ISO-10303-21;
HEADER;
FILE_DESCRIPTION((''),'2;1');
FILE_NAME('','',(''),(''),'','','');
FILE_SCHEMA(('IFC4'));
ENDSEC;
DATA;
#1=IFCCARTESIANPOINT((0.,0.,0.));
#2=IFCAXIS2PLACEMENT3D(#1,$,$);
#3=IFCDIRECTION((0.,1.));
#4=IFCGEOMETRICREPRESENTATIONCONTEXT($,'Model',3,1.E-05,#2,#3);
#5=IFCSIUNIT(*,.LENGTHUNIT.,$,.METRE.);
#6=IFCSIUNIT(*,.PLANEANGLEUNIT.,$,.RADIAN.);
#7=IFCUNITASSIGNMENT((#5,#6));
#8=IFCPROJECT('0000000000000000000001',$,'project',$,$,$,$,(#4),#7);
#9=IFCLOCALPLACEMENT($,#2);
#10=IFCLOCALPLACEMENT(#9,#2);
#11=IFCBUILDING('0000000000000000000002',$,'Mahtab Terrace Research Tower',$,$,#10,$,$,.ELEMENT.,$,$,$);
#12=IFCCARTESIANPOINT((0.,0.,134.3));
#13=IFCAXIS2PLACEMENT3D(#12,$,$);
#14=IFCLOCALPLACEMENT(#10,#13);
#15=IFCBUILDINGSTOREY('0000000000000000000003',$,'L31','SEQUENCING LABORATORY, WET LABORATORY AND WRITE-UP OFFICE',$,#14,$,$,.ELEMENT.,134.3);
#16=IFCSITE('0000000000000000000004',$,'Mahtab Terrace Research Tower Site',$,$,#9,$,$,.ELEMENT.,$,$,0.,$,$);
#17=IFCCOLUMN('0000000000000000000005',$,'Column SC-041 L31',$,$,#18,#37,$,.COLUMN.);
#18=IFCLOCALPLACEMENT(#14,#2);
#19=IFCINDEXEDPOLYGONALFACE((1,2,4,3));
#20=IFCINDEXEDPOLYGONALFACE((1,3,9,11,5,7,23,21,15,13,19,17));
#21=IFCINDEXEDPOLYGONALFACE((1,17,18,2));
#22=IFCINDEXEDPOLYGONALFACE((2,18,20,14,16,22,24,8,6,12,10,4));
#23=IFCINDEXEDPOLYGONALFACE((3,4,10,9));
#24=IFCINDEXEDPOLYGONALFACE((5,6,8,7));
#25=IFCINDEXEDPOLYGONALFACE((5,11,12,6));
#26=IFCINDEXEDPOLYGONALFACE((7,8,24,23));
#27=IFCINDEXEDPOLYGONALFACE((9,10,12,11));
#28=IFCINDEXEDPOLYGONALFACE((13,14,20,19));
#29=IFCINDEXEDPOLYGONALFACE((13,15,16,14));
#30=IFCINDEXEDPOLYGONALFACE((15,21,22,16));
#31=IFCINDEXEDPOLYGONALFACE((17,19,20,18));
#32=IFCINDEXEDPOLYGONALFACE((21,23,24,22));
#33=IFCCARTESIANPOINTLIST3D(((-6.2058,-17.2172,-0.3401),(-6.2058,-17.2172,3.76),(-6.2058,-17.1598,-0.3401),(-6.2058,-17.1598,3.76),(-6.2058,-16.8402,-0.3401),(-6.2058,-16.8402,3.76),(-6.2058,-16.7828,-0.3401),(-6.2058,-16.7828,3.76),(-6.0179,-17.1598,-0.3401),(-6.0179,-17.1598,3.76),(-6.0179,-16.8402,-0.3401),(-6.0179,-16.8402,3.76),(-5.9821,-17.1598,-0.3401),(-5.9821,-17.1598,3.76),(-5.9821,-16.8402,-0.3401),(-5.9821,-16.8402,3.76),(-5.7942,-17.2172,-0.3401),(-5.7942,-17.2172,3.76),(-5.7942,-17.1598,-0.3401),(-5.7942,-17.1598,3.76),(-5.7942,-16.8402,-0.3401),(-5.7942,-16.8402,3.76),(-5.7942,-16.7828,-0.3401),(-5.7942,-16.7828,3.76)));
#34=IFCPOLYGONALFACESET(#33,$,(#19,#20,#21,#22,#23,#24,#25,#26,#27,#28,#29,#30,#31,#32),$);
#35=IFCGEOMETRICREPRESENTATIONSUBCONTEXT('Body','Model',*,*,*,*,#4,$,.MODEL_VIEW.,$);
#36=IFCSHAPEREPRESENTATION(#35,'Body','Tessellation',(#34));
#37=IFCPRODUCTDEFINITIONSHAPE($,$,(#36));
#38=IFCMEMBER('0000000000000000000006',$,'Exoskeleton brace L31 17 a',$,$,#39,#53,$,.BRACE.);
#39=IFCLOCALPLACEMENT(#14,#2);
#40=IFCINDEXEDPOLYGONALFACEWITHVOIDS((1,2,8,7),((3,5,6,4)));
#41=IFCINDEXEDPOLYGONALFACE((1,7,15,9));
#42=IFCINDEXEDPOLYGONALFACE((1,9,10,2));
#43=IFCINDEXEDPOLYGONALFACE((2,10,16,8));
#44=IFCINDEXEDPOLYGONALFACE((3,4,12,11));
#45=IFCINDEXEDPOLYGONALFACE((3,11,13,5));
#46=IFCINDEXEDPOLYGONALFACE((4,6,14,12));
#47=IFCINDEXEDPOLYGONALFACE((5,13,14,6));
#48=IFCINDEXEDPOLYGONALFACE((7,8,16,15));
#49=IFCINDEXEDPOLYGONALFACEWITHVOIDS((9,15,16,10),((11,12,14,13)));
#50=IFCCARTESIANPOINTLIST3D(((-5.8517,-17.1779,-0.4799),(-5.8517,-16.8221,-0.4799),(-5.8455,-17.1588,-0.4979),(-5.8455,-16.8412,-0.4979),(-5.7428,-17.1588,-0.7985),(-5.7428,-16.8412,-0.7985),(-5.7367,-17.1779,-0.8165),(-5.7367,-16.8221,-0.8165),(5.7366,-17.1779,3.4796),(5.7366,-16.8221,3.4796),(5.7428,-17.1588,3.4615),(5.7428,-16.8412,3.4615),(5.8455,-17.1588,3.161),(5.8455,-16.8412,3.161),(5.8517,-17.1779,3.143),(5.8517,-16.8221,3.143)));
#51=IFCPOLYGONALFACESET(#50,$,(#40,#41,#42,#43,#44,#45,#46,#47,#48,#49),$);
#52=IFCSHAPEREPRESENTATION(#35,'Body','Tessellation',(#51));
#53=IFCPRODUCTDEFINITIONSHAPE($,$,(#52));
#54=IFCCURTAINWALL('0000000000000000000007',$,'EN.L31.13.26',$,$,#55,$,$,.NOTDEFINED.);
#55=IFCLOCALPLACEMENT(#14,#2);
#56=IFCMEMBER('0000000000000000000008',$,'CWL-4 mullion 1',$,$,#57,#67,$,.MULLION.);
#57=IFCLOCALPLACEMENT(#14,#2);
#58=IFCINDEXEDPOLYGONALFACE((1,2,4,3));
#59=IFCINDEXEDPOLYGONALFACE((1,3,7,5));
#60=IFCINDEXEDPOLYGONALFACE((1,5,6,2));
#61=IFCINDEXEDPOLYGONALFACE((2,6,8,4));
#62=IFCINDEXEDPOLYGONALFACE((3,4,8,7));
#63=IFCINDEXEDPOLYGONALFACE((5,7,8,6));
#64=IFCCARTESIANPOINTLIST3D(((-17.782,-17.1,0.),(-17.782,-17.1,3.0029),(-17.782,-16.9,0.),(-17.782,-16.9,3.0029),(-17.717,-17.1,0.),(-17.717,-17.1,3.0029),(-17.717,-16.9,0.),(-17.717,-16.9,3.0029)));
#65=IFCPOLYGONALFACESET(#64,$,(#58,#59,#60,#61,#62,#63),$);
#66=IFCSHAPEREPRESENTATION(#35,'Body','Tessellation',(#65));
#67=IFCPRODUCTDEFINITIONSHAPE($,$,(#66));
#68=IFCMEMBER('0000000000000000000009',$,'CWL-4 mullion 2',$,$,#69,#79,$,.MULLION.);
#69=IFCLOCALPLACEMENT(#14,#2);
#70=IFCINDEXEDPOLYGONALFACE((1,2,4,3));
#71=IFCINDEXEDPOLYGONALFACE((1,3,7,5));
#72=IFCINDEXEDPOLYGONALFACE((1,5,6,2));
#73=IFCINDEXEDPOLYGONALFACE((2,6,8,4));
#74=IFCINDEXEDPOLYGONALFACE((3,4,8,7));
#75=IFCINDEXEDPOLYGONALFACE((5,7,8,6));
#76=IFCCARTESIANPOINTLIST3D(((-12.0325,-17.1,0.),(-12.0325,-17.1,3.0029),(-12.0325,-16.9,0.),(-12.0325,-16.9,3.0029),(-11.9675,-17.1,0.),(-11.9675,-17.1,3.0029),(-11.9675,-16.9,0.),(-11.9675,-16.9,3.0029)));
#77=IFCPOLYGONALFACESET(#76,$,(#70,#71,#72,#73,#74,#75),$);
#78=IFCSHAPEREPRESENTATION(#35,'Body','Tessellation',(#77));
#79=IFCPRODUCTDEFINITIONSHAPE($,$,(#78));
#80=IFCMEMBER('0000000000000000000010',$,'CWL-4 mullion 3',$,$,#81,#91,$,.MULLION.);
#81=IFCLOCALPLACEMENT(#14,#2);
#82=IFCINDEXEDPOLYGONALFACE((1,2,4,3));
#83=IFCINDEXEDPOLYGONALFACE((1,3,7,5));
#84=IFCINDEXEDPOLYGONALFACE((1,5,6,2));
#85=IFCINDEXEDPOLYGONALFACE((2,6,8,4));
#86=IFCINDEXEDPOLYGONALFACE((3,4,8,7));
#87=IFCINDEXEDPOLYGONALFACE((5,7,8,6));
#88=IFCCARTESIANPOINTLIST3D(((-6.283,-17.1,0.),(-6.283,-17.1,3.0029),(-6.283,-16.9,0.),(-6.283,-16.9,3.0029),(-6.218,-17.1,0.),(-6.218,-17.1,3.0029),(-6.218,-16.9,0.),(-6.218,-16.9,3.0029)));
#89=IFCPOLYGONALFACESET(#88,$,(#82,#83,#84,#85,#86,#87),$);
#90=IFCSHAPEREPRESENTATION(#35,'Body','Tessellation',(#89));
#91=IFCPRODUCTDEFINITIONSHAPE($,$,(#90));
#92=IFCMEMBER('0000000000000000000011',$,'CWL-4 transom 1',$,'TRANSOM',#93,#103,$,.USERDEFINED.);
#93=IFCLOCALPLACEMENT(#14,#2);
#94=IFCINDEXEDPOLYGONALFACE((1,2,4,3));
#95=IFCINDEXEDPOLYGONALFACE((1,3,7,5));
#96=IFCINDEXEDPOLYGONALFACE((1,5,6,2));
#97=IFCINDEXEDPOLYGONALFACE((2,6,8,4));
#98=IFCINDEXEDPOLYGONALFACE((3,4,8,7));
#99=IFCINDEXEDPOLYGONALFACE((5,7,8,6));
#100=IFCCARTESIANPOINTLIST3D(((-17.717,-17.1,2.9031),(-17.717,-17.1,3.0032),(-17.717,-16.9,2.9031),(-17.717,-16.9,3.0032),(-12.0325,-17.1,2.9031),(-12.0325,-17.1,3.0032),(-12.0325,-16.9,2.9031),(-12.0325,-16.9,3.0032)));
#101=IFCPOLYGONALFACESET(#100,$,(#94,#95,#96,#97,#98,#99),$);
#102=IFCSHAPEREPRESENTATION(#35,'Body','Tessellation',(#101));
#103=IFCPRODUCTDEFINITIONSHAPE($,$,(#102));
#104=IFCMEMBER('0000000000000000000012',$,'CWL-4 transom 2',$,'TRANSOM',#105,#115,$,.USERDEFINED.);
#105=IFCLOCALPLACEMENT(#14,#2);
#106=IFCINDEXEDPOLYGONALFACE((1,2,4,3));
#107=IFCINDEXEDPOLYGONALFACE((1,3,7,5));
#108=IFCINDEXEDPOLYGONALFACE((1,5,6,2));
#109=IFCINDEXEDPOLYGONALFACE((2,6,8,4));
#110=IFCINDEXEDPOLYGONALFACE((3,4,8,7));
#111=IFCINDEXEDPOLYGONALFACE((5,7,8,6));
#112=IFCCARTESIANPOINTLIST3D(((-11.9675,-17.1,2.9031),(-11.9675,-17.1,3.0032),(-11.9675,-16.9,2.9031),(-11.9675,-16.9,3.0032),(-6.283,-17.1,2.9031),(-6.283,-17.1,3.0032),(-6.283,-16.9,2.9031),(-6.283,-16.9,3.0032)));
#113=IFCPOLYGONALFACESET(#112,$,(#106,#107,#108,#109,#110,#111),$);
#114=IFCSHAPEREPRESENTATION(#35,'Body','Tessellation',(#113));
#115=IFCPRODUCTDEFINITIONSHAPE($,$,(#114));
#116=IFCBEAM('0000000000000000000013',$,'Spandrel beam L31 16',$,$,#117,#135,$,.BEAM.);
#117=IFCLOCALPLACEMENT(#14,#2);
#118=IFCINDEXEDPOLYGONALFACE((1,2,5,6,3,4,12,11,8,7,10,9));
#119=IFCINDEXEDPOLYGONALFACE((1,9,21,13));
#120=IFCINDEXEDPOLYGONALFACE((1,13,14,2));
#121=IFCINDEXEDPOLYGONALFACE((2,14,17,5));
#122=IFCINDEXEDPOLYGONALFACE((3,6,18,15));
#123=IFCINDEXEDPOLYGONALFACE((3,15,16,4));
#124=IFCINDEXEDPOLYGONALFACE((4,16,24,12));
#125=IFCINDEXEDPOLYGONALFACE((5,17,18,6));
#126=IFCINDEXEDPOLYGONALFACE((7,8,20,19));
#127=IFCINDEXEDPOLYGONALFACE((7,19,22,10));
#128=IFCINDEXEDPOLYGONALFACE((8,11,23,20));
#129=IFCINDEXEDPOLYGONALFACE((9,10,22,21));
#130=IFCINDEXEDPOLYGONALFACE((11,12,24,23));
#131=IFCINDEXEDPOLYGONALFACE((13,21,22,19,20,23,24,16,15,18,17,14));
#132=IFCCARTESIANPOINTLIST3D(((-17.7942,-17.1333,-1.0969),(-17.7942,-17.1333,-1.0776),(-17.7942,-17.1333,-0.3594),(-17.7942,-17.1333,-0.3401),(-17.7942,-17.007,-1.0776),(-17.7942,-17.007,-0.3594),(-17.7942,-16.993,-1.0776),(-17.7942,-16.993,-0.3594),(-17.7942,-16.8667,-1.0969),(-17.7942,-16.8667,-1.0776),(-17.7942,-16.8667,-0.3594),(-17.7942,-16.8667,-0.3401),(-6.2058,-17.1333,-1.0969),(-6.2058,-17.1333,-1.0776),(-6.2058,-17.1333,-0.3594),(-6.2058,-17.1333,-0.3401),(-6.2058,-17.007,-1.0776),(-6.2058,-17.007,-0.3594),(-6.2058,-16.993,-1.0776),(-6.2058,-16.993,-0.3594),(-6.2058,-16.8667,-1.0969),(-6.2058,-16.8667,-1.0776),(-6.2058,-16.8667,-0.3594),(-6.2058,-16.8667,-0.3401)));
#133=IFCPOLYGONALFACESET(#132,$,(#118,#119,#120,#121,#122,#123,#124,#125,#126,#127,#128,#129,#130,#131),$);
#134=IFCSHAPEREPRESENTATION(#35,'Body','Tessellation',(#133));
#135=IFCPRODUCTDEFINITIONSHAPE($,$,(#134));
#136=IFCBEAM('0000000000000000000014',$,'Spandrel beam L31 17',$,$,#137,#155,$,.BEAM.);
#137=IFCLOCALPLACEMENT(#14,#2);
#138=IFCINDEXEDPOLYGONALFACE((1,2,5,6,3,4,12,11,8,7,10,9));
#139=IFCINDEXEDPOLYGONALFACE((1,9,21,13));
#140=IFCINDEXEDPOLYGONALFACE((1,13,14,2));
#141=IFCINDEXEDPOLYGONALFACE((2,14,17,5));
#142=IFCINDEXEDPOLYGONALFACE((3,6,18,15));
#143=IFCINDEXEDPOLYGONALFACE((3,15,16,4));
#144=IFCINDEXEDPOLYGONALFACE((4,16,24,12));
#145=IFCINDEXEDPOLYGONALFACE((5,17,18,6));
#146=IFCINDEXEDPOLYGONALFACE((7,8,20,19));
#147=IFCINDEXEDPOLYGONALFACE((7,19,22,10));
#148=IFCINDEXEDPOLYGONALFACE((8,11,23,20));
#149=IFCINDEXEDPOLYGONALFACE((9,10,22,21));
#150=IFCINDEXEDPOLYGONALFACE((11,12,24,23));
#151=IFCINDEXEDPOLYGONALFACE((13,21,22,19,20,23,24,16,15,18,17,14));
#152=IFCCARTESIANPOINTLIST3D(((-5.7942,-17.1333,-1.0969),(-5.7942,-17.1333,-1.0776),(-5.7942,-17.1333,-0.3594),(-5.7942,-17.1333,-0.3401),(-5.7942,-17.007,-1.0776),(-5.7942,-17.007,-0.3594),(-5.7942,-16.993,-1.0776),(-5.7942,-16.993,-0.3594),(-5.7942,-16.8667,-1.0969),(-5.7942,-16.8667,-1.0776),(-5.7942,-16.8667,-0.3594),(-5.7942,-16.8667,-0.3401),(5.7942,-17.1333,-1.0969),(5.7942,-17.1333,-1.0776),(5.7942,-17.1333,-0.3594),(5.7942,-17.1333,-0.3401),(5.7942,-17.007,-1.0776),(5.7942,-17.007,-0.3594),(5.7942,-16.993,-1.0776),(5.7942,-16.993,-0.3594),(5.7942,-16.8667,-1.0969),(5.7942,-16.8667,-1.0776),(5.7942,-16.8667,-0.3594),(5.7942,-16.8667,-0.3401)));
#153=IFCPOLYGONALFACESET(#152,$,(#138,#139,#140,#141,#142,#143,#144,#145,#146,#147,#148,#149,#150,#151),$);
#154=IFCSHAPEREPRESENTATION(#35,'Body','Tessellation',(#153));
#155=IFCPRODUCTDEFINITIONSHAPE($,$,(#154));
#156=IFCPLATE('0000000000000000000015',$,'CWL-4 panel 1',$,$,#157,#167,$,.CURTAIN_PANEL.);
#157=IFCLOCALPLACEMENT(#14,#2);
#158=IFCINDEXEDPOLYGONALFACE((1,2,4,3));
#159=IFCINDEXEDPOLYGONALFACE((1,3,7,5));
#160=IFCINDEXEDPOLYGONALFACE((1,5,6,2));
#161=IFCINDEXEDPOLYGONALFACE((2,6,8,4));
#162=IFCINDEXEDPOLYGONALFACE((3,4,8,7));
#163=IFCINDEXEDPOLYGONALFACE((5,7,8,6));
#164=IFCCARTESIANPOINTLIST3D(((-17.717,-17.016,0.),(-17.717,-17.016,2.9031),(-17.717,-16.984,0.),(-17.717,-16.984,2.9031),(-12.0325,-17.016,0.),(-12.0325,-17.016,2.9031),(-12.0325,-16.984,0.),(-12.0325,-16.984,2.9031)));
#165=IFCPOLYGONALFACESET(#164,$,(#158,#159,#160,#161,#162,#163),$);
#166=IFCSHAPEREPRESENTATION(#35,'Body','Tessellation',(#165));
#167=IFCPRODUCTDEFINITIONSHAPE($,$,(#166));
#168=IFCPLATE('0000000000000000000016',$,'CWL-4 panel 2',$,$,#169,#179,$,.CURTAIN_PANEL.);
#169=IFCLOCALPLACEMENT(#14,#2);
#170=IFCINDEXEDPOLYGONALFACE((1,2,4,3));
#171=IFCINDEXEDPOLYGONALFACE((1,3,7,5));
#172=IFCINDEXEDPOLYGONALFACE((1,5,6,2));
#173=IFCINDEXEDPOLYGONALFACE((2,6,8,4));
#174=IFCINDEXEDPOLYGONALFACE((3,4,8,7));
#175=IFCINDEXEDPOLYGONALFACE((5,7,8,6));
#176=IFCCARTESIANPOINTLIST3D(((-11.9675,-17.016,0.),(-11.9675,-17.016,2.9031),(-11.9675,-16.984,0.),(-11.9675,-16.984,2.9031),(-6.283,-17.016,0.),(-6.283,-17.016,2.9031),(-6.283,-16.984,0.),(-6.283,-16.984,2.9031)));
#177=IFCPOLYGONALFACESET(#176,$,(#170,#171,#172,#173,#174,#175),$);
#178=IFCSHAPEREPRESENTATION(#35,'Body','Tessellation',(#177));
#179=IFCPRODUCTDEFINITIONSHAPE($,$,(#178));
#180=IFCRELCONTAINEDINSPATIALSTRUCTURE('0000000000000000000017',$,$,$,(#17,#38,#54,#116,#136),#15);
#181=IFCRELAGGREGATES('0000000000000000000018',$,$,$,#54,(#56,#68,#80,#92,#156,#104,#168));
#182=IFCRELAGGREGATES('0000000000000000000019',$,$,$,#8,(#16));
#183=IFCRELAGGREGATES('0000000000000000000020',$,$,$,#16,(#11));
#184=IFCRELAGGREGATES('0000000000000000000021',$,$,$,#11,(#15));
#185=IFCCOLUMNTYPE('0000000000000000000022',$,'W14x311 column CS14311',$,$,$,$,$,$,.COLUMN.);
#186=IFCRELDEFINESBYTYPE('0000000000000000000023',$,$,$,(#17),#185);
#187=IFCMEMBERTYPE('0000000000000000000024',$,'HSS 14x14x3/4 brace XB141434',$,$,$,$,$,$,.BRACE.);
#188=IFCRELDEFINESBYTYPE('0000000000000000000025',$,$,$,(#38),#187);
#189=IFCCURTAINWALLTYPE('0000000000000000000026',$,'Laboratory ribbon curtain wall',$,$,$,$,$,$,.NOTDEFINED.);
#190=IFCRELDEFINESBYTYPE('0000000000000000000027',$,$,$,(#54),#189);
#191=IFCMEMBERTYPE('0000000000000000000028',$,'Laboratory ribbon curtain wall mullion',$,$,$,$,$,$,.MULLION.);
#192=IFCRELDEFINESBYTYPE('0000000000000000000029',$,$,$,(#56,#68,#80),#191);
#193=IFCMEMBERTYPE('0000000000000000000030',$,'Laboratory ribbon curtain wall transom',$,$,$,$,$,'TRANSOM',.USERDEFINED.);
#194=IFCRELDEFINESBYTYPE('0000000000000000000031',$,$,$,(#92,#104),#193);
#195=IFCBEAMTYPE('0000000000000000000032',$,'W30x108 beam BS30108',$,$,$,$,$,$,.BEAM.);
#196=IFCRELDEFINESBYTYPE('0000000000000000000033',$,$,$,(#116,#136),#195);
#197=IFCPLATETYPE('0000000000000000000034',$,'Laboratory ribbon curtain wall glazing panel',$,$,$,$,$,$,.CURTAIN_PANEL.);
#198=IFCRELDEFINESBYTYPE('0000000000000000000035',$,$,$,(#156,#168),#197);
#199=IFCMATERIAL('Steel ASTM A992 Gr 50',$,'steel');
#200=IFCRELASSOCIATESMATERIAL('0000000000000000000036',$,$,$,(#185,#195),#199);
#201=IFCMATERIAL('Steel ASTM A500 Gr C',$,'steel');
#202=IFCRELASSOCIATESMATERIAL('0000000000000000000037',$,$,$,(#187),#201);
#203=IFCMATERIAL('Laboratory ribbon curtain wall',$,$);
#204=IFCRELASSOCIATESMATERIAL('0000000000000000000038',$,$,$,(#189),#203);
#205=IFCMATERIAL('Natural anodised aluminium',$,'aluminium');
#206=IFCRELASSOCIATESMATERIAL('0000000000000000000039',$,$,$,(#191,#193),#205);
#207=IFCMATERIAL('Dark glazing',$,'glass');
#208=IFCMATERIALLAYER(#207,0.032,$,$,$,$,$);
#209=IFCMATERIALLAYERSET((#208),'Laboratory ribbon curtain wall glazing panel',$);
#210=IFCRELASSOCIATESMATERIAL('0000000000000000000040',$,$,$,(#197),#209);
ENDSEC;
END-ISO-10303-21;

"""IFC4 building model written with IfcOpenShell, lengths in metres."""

from ifc_helpers import new_model, si_unit, direction, frame, origin, origin_2d, place, context, subcontext, project, spatial, rectangle, hollow_rectangle, i_section, extrude, material, layer, layer_set, material_profile, profile_set, type_object, element, aggregate, save


model = new_model("IFC4")

# Units and contexts
model_context = context("Model", 3, precision=1e-05, world=origin(), true_north=direction((0.0, 1.0)))
body_context = subcontext(model_context, "Body", "Model", "MODEL_VIEW")
ifc_project = project(units=[si_unit("LENGTHUNIT", "METRE"), si_unit("PLANEANGLEUNIT", "RADIAN")], contexts=[model_context])

# Site, building, storey
site_placement = place(None, origin())
site = spatial("IfcSite", under=ifc_project, at=site_placement, Name="Mahtab Terrace Research Tower Site", CompositionType="ELEMENT", RefElevation=0.0)
building_placement = place(site_placement, origin())
building = spatial("IfcBuilding", under=site, at=building_placement, Name="Mahtab Terrace Research Tower", CompositionType="ELEMENT")
storey_placement = place(building_placement, frame((0.0, 0.0, 134.3)))
storey = spatial("IfcBuildingStorey", under=building, at=storey_placement, Name="L31", Description="SEQUENCING LABORATORY, WET LABORATORY AND WRITE-UP OFFICE", CompositionType="ELEMENT", Elevation=134.3)

# Column
ifc_material_1 = material(Name="Steel ASTM A992 Gr 50", Category="steel")
ifc_material_profile_1 = material_profile(ifc_material_1, i_section(OverallWidth=0.4116, OverallDepth=0.4343, WebThickness=0.0359, FlangeThickness=0.0574, at=origin_2d()), Name="W14X311")
ifc_profile_set_1 = profile_set([ifc_material_profile_1], Name="Steel ASTM A992 Gr 50")
column_type = type_object("IfcColumnType", Name="W14x311 column CS14311", PredefinedType="COLUMN", material=ifc_profile_set_1)
column_placement = place(storey_placement, frame((-6.0, -17.0, -0.3401), z_axis=(0.0, 0.0, 1.0), x_axis=(1.0, 0.0, 0.0)))
element("IfcColumn", 1, at=column_placement, inside=storey, type_object=column_type, Name="Column SC-041 L31", PredefinedType="COLUMN", context=body_context, shape_type="SweptSolid", body=[
    extrude(i_section(OverallWidth=0.4116, OverallDepth=0.4343, WebThickness=0.0359, FlangeThickness=0.0574, at=origin_2d()), origin(), (0.0, 0.0, 1.0), 4.1001),
])

# Member
ifc_material_2 = material(Name="Steel ASTM A500 Gr C", Category="steel")
ifc_material_profile_2 = material_profile(ifc_material_2, hollow_rectangle(XDim=0.3557, YDim=0.3557, WallThickness=0.019, at=origin_2d()), Name="HSS14X14X3/4")
ifc_profile_set_2 = profile_set([ifc_material_profile_2], Name="Steel ASTM A500 Gr C")
member_type_1 = type_object("IfcMemberType", Name="HSS 14x14x3/4 brace XB141434", PredefinedType="BRACE", material=ifc_profile_set_2)
member_1_placement = place(storey_placement, frame((-5.7942, -17.0, -0.6482), z_axis=(0.946288, 0.0, 0.323324), x_axis=(0.0, 1.0, 0.0)))
element("IfcMember", 2, at=member_1_placement, inside=storey, type_object=member_type_1, Name="Exoskeleton brace L31 17 a", PredefinedType="BRACE", context=body_context, shape_type="SweptSolid", body=[
    extrude(hollow_rectangle(XDim=0.3557, YDim=0.3557, WallThickness=0.019, at=origin_2d()), origin(), (0.0, 0.0, 1.0), 12.2461),
])

# Curtain wall, members
ifc_material_3 = material(Name="Laboratory ribbon curtain wall")
curtain_wall_type = type_object("IfcCurtainWallType", Name="Laboratory ribbon curtain wall", PredefinedType="NOTDEFINED", material=ifc_material_3)
curtain_wall_placement = place(storey_placement, origin())
curtain_wall = element("IfcCurtainWall", 3, at=curtain_wall_placement, inside=storey, type_object=curtain_wall_type, Name="EN.L31.13.26", PredefinedType="NOTDEFINED")
ifc_material_4 = material(Name="Natural anodised aluminium", Category="aluminium")
ifc_material_profile_3 = material_profile(ifc_material_4, rectangle(XDim=0.2, YDim=0.0649, at=origin_2d()), Name="MULLION 65x200")
ifc_profile_set_3 = profile_set([ifc_material_profile_3], Name="Natural anodised aluminium")
member_type_2 = type_object("IfcMemberType", Name="Laboratory ribbon curtain wall mullion", PredefinedType="MULLION", material=ifc_profile_set_3)
member_2_placement = place(storey_placement, frame((-17.7495, -17.0, 0.0), z_axis=(0.0, 0.0, 1.0), x_axis=(0.0, 1.0, 0.0)))
member_2 = element("IfcMember", 4, at=member_2_placement, type_object=member_type_2, Name="CWL-4 mullion 1", PredefinedType="MULLION", context=body_context, shape_type="SweptSolid", body=[
    extrude(rectangle(XDim=0.2, YDim=0.0649, at=origin_2d()), origin(), (0.0, 0.0, 1.0), 3.0029),
])
member_3_placement = place(storey_placement, frame((-12.0, -17.0, 0.0), z_axis=(0.0, 0.0, 1.0), x_axis=(0.0, 1.0, 0.0)))
member_3 = element("IfcMember", 5, at=member_3_placement, type_object=member_type_2, Name="CWL-4 mullion 2", PredefinedType="MULLION", context=body_context, shape_type="SweptSolid", body=[
    extrude(rectangle(XDim=0.2, YDim=0.0649, at=origin_2d()), origin(), (0.0, 0.0, 1.0), 3.0029),
])
member_4_placement = place(storey_placement, frame((-6.2505, -17.0, 0.0), z_axis=(0.0, 0.0, 1.0), x_axis=(0.0, 1.0, 0.0)))
member_4 = element("IfcMember", 6, at=member_4_placement, type_object=member_type_2, Name="CWL-4 mullion 3", PredefinedType="MULLION", context=body_context, shape_type="SweptSolid", body=[
    extrude(rectangle(XDim=0.2, YDim=0.0649, at=origin_2d()), origin(), (0.0, 0.0, 1.0), 3.0029),
])
ifc_material_profile_4 = material_profile(ifc_material_4, rectangle(XDim=0.2, YDim=0.1001, at=origin_2d()), Name="TRANSOM 100x200")
ifc_profile_set_4 = profile_set([ifc_material_profile_4], Name="Natural anodised aluminium")
member_type_3 = type_object("IfcMemberType", Name="Laboratory ribbon curtain wall transom", ElementType="TRANSOM", PredefinedType="USERDEFINED", material=ifc_profile_set_4)
member_5_placement = place(storey_placement, frame((-17.717, -17.0, 2.9531), z_axis=(1.0, 0.0, 0.0), x_axis=(0.0, 1.0, 0.0)))
member_5 = element("IfcMember", 7, at=member_5_placement, type_object=member_type_3, Name="CWL-4 transom 1", ObjectType="TRANSOM", PredefinedType="USERDEFINED", context=body_context, shape_type="SweptSolid", body=[
    extrude(rectangle(XDim=0.2, YDim=0.1001, at=origin_2d()), origin(), (0.0, 0.0, 1.0), 5.6846),
])
member_6_placement = place(storey_placement, frame((-11.9675, -17.0, 2.9531), z_axis=(1.0, 0.0, 0.0), x_axis=(0.0, 1.0, 0.0)))
member_6 = element("IfcMember", 8, at=member_6_placement, type_object=member_type_3, Name="CWL-4 transom 2", ObjectType="TRANSOM", PredefinedType="USERDEFINED", context=body_context, shape_type="SweptSolid", body=[
    extrude(rectangle(XDim=0.2, YDim=0.1001, at=origin_2d()), origin(), (0.0, 0.0, 1.0), 5.6846),
])

# Beams
ifc_material_profile_5 = material_profile(ifc_material_1, i_section(OverallWidth=0.2666, OverallDepth=0.7568, WebThickness=0.0139, FlangeThickness=0.0193, at=origin_2d()), Name="W30X108")
ifc_profile_set_5 = profile_set([ifc_material_profile_5], Name="Steel ASTM A992 Gr 50")
beam_type = type_object("IfcBeamType", Name="W30x108 beam BS30108", PredefinedType="BEAM", material=ifc_profile_set_5)
for number, where, z_axis, x_axis, name in (
    (9, (-17.7942, -17.0, -0.7185), (1.0, 0.0, 0.0), (0.0, 1.0, 0.0), "Spandrel beam L31 16"),
    (10, (-5.7942, -17.0, -0.7185), (1.0, 0.0, 0.0), (0.0, 1.0, 0.0), "Spandrel beam L31 17"),
):
    element("IfcBeam", number, at=place(storey_placement, frame(where, z_axis=z_axis, x_axis=x_axis)), inside=storey, type_object=beam_type, Name=name, PredefinedType="BEAM", context=body_context, shape_type="SweptSolid", body=[
        extrude(i_section(OverallWidth=0.2666, OverallDepth=0.7568, WebThickness=0.0139, FlangeThickness=0.0193, at=origin_2d()), origin(), (0.0, 0.0, 1.0), 11.5884),
    ])

# Plates
ifc_material_5 = material(Name="Dark glazing", Category="glass")
ifc_layer_1 = layer(ifc_material_5, 0.032)
ifc_layer_set_1 = layer_set([ifc_layer_1], Name="Laboratory ribbon curtain wall glazing panel")
plate_type = type_object("IfcPlateType", Name="Laboratory ribbon curtain wall glazing panel", PredefinedType="CURTAIN_PANEL", material=ifc_layer_set_1)
plate_1_placement = place(storey_placement, frame((-14.8748, -17.0, 0.0), z_axis=(0.0, 0.0, 1.0), x_axis=(1.0, 0.0, 0.0)))
plate_1 = element("IfcPlate", 11, at=plate_1_placement, type_object=plate_type, Name="CWL-4 panel 1", PredefinedType="CURTAIN_PANEL", context=body_context, shape_type="SweptSolid", body=[
    extrude(rectangle(XDim=5.6846, YDim=0.032, at=origin_2d()), origin(), (0.0, 0.0, 1.0), 2.9031),
])
plate_2_placement = place(storey_placement, frame((-9.1252, -17.0, 0.0), z_axis=(0.0, 0.0, 1.0), x_axis=(1.0, 0.0, 0.0)))
plate_2 = element("IfcPlate", 12, at=plate_2_placement, type_object=plate_type, Name="CWL-4 panel 2", PredefinedType="CURTAIN_PANEL", context=body_context, shape_type="SweptSolid", body=[
    extrude(rectangle(XDim=5.6846, YDim=0.032, at=origin_2d()), origin(), (0.0, 0.0, 1.0), 2.9031),
])
aggregate(curtain_wall, [member_2, member_3, member_4, member_5, plate_1, member_6, plate_2])

save(model, "model.ifc")
